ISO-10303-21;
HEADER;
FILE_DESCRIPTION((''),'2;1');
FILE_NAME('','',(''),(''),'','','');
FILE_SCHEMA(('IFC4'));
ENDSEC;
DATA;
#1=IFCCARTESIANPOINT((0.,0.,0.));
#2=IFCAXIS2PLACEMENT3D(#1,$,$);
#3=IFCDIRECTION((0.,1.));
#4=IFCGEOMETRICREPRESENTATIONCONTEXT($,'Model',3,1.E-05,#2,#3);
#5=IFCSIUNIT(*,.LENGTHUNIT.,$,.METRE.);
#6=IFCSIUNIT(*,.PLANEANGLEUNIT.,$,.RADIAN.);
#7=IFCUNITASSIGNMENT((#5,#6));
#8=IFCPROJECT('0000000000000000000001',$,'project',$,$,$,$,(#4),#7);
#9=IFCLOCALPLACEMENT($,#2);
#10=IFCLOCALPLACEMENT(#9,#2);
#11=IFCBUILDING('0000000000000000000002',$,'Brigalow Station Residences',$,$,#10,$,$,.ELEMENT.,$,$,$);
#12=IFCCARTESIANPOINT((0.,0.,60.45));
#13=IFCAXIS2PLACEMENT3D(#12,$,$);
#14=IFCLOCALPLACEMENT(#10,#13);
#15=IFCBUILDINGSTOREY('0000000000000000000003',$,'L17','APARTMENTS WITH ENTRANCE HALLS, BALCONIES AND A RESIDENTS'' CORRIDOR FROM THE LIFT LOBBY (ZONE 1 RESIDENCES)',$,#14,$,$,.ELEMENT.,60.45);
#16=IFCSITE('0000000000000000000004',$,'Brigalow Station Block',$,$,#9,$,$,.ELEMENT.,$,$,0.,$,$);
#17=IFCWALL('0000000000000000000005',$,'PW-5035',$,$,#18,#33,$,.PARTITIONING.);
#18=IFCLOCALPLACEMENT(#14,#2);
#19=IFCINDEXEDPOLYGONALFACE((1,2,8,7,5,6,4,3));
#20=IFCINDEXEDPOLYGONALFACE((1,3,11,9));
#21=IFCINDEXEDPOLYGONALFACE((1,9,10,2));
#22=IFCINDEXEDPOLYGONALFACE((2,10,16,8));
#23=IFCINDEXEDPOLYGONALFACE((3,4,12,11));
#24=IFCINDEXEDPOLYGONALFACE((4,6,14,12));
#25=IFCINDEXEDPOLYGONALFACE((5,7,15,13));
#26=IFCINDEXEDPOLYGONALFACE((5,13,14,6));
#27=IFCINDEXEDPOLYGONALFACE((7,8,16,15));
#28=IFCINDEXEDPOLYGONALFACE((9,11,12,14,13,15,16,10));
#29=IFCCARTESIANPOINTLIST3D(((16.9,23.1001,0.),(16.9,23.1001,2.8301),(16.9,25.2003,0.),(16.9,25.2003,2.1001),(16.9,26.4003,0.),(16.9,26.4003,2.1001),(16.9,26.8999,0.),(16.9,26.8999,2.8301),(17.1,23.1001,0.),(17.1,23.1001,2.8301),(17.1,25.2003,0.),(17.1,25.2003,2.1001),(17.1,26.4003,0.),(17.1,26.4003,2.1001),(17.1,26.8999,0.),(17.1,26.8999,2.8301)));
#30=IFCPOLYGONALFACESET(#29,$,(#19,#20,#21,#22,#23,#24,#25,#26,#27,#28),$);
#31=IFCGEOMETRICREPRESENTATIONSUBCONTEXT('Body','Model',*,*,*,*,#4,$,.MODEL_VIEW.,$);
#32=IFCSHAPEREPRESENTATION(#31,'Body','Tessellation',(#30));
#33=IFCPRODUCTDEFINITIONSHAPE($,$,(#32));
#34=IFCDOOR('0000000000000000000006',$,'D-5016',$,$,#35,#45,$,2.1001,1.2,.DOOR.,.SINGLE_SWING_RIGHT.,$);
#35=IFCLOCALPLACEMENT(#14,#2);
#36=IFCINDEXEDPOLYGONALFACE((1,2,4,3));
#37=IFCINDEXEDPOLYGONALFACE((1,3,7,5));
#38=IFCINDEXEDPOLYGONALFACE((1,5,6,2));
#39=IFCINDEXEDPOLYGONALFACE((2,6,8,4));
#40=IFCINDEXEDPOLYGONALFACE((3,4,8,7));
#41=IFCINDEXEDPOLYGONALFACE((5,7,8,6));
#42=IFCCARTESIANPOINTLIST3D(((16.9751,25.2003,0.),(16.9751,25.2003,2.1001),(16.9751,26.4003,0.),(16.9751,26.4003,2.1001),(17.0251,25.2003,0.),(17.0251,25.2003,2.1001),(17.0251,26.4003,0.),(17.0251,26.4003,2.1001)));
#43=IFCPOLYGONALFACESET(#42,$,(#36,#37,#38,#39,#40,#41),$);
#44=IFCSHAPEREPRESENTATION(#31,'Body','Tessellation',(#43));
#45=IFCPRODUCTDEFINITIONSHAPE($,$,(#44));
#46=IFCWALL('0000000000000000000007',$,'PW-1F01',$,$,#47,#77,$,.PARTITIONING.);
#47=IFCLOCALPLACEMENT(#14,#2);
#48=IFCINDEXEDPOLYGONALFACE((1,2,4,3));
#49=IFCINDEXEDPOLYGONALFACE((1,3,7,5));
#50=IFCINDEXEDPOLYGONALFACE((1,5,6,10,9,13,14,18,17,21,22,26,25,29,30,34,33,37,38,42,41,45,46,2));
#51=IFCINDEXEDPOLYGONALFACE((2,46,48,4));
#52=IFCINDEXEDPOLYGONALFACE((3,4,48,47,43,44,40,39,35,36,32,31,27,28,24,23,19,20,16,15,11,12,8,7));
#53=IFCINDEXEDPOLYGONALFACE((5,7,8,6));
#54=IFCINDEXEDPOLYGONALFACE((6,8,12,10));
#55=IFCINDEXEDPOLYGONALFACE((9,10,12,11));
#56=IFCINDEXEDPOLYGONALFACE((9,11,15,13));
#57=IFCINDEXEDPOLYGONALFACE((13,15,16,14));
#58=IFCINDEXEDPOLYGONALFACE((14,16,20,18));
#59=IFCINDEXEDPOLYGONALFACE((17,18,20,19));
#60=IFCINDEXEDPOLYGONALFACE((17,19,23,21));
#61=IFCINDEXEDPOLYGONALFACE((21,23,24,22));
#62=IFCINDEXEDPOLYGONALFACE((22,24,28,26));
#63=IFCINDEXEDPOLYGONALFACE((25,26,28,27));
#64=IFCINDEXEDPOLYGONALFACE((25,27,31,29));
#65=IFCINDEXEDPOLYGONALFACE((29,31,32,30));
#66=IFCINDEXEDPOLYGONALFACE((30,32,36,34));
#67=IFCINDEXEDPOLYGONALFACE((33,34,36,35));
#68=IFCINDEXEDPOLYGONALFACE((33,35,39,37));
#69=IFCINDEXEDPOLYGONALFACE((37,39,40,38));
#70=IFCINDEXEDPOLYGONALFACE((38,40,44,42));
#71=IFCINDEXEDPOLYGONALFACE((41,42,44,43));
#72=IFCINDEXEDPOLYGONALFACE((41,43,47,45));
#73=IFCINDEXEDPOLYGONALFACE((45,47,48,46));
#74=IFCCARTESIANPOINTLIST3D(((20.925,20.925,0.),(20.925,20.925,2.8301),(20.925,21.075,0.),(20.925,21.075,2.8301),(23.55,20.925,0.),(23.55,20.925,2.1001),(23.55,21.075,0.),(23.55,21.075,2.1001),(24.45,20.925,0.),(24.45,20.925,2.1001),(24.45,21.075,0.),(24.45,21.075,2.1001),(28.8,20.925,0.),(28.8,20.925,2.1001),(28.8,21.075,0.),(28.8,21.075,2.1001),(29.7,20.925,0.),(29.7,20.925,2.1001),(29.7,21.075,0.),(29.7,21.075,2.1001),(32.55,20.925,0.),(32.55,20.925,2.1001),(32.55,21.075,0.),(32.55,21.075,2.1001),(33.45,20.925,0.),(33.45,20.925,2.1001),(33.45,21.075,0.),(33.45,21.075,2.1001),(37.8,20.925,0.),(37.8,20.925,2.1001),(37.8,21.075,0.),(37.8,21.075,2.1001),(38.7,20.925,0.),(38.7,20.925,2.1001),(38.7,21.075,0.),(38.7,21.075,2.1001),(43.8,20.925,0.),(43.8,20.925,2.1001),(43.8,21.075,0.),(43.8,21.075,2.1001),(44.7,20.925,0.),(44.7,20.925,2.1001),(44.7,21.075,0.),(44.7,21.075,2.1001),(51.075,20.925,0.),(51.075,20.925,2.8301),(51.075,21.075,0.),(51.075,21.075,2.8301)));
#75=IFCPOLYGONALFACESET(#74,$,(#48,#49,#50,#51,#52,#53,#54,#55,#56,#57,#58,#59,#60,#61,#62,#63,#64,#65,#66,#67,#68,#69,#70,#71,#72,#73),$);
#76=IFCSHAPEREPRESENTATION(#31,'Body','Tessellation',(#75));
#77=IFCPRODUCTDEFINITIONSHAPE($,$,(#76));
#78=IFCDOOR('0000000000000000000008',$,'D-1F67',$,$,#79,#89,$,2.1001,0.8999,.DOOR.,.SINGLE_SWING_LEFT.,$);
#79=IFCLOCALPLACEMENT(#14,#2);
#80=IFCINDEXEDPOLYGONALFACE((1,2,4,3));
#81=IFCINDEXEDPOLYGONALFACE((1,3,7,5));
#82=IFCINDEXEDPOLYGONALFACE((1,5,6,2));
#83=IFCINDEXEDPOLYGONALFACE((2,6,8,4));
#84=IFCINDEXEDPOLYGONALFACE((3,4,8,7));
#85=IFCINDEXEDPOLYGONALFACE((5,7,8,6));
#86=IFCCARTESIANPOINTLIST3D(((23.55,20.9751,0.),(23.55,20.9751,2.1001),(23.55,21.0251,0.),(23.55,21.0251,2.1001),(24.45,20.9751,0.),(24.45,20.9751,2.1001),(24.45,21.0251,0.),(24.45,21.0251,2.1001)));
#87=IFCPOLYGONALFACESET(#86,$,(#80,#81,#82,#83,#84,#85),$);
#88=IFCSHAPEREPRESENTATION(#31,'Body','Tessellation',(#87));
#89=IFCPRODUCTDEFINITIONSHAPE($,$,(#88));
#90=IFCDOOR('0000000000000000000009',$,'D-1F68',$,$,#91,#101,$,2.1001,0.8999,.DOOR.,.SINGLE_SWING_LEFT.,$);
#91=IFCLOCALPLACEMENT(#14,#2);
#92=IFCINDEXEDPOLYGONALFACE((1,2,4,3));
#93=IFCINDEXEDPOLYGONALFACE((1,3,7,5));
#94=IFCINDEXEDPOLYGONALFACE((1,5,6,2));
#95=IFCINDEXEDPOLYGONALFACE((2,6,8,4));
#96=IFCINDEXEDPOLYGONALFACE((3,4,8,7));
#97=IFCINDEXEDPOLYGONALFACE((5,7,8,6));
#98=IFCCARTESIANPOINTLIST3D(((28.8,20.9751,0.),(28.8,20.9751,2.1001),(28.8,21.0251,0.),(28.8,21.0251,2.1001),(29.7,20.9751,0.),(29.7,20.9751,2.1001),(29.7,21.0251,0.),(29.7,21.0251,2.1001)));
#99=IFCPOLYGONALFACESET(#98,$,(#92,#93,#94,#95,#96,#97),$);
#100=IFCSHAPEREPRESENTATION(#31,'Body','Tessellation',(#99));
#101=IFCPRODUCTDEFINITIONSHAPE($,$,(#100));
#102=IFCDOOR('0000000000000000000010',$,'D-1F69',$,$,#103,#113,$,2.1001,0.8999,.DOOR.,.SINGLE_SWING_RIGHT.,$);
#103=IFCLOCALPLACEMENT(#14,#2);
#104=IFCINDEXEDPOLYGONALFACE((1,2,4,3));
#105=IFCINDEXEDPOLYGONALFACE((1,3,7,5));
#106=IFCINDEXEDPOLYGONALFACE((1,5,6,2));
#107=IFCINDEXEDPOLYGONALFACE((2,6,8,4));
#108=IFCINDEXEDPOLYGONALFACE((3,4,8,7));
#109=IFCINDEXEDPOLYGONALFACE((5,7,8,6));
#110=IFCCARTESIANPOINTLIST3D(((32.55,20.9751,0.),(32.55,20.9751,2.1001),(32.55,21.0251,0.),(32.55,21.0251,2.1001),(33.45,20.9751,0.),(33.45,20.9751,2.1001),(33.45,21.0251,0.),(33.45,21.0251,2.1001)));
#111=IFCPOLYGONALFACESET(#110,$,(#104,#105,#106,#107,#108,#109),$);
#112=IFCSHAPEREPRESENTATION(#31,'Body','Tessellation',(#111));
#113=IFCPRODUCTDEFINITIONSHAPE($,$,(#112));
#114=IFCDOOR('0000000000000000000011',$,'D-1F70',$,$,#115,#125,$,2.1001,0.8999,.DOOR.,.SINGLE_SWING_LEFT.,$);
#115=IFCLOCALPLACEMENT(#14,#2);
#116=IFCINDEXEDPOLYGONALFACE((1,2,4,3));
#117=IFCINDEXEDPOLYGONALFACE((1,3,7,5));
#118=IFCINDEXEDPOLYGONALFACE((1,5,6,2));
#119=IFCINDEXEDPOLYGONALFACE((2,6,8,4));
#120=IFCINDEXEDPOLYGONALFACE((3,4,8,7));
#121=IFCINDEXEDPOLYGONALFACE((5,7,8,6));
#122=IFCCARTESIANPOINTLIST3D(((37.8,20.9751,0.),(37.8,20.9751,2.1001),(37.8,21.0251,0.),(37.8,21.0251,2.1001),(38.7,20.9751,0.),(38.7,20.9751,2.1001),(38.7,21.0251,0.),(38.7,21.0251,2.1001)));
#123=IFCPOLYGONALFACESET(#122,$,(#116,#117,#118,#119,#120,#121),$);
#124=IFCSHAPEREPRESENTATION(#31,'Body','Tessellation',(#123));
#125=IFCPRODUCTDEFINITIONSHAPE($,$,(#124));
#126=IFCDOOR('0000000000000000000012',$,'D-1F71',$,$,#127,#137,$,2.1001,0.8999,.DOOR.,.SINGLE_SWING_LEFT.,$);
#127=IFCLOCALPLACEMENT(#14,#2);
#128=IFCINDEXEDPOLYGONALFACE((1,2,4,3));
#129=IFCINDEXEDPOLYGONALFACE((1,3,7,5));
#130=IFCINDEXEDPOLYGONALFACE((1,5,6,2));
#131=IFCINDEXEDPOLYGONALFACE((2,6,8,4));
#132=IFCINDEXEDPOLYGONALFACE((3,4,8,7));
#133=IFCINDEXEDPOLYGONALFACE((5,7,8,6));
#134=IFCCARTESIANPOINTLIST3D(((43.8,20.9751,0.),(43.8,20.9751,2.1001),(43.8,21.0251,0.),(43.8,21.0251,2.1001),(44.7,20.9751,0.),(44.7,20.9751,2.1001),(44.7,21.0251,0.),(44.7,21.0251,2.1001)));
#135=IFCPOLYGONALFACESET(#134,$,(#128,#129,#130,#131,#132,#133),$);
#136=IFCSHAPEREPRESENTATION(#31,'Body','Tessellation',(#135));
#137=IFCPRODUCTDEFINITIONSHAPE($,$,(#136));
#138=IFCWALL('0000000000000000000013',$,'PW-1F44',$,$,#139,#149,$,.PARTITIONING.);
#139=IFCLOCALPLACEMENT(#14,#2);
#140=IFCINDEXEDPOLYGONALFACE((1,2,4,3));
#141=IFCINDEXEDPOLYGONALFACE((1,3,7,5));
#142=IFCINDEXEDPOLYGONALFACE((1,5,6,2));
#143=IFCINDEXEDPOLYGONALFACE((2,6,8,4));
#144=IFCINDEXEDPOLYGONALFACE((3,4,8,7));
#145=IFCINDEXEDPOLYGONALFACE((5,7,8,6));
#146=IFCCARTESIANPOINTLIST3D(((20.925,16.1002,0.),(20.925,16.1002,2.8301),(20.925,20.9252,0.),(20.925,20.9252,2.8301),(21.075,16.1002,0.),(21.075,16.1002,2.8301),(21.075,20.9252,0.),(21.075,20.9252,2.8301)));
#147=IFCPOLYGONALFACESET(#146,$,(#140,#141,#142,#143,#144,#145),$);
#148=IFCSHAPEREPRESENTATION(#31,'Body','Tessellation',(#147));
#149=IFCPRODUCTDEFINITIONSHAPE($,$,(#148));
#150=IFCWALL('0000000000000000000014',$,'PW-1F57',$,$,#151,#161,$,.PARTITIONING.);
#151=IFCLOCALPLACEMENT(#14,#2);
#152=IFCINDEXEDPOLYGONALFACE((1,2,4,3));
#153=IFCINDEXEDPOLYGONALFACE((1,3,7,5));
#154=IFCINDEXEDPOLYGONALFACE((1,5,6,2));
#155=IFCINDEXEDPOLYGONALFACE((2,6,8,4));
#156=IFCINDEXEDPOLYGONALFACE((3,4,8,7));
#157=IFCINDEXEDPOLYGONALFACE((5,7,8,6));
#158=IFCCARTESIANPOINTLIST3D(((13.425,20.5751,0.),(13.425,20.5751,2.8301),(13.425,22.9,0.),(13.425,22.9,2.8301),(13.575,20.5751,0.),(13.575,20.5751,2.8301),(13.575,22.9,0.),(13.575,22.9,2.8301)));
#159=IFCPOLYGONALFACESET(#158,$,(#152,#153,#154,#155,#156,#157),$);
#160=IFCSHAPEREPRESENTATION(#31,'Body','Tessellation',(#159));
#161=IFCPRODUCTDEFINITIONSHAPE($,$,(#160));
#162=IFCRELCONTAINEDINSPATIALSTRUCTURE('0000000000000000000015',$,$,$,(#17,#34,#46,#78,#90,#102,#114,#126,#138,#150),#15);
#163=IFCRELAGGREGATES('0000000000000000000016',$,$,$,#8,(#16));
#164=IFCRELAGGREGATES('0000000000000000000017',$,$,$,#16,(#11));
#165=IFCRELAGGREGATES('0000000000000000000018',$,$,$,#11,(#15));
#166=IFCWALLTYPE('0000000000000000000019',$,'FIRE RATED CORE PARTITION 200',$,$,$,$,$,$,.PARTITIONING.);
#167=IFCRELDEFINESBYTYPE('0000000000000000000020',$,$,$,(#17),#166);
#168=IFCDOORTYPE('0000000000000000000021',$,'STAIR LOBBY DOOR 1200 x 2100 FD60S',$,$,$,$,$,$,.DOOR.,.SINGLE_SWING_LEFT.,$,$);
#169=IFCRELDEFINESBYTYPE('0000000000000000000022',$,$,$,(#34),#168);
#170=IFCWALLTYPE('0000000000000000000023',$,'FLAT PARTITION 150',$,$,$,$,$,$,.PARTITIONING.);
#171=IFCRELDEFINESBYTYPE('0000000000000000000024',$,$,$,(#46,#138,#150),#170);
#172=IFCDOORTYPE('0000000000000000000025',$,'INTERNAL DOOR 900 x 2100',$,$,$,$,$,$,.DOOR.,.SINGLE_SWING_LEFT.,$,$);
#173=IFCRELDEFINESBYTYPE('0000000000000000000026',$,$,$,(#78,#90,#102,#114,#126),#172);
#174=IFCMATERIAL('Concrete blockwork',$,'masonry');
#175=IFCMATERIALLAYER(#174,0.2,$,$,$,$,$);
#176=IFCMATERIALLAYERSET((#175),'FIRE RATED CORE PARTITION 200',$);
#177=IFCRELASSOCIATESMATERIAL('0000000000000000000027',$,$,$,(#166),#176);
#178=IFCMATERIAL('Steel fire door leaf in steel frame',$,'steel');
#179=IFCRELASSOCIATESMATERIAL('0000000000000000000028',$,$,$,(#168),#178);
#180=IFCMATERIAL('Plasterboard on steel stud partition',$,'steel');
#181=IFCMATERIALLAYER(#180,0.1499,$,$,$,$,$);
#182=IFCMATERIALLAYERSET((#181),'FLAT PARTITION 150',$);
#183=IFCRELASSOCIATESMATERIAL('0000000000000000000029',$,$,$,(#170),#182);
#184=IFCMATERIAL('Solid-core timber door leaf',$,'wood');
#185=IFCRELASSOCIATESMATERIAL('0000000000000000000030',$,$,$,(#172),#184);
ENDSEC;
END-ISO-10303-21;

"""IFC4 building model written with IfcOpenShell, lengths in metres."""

from ifc_helpers import new_model, si_unit, direction, frame, frame_2d, origin, place, context, subcontext, project, spatial, rectangle, extrude, material, layer, layer_set, type_object, element, fill, save


model = new_model("IFC4")

# Units and contexts
model_context = context("Model", 3, precision=1e-05, world=origin(), true_north=direction((0.0, 1.0)))
body_context = subcontext(model_context, "Body", "Model", "MODEL_VIEW")
ifc_project = project(units=[si_unit("LENGTHUNIT", "METRE"), si_unit("PLANEANGLEUNIT", "RADIAN")], contexts=[model_context])

# Site, building, storey
site_placement = place(None, origin())
site = spatial("IfcSite", under=ifc_project, at=site_placement, Name="Brigalow Station Block", CompositionType="ELEMENT", RefElevation=0.0)
building_placement = place(site_placement, origin())
building = spatial("IfcBuilding", under=site, at=building_placement, Name="Brigalow Station Residences", CompositionType="ELEMENT")
storey_placement = place(building_placement, frame((0.0, 0.0, 60.45)))
storey = spatial("IfcBuildingStorey", under=building, at=storey_placement, Name="L17", Description="APARTMENTS WITH ENTRANCE HALLS, BALCONIES AND A RESIDENTS' CORRIDOR FROM THE LIFT LOBBY (ZONE 1 RESIDENCES)", CompositionType="ELEMENT", Elevation=60.45)

# Wall, opening, door
ifc_material_1 = material(Name="Concrete blockwork", Category="masonry")
ifc_layer_1 = layer(ifc_material_1, 0.2)
ifc_layer_set_1 = layer_set([ifc_layer_1], Name="FIRE RATED CORE PARTITION 200")
wall_type_1 = type_object("IfcWallType", Name="FIRE RATED CORE PARTITION 200", PredefinedType="PARTITIONING", material=ifc_layer_set_1)
wall_1_placement = place(storey_placement, frame((17.0, 23.1001, 0.0), z_axis=(0.0, 0.0, 1.0), x_axis=(0.0, 1.0, 0.0)))
wall_1 = element("IfcWall", 1, at=wall_1_placement, inside=storey, type_object=wall_type_1, Name="PW-5035", PredefinedType="PARTITIONING", context=body_context, shape_type="SweptSolid", body=[
    extrude(rectangle(XDim=3.7998, YDim=0.2, at=frame_2d((1.8999, 0.0))), origin(), (0.0, 0.0, 1.0), 2.8301),
])
opening_1_placement = place(wall_1_placement, frame((2.1001, 0.0, 0.0)))
opening_1 = element("IfcOpeningElement", 2, at=opening_1_placement, cuts=wall_1, PredefinedType="OPENING", context=body_context, shape_type="SweptSolid", body=[
    extrude(rectangle(XDim=1.2, YDim=2.1001, at=frame_2d((0.6001, 1.05))), frame((0.0, 0.1099, 0.0), z_axis=(0.0, -1.0, 0.0), x_axis=(1.0, 0.0, 0.0)), (0.0, 0.0, 1.0), 0.22),
])
ifc_material_2 = material(Name="Steel fire door leaf in steel frame", Category="steel")
door_type_1 = type_object("IfcDoorType", Name="STAIR LOBBY DOOR 1200 x 2100 FD60S", OperationType="SINGLE_SWING_LEFT", PredefinedType="DOOR", material=ifc_material_2)
door_1_placement = place(opening_1_placement, origin())
door_1 = element("IfcDoor", 3, at=door_1_placement, inside=storey, type_object=door_type_1, Name="D-5016", OperationType="SINGLE_SWING_RIGHT", OverallHeight=2.1001, OverallWidth=1.2, PredefinedType="DOOR", context=body_context, shape_type="SweptSolid", body=[
    extrude(rectangle(XDim=1.2, YDim=2.1001, at=frame_2d((0.6001, 1.05))), frame((0.0, 0.0249, 0.0), z_axis=(0.0, -1.0, 0.0), x_axis=(1.0, 0.0, 0.0)), (0.0, 0.0, 1.0), 0.05),
])
fill(opening_1, door_1)

# Wall, openings, doors
ifc_material_3 = material(Name="Plasterboard on steel stud partition", Category="steel")
ifc_layer_2 = layer(ifc_material_3, 0.1499)
ifc_layer_set_2 = layer_set([ifc_layer_2], Name="FLAT PARTITION 150")
wall_type_2 = type_object("IfcWallType", Name="FLAT PARTITION 150", PredefinedType="PARTITIONING", material=ifc_layer_set_2)
wall_2_placement = place(storey_placement, frame((20.925, 21.0, 0.0), z_axis=(0.0, 0.0, 1.0), x_axis=(1.0, 0.0, 0.0)))
wall_2 = element("IfcWall", 4, at=wall_2_placement, inside=storey, type_object=wall_type_2, Name="PW-1F01", PredefinedType="PARTITIONING", context=body_context, shape_type="SweptSolid", body=[
    extrude(rectangle(XDim=30.1499, YDim=0.1499, at=frame_2d((15.075, 0.0))), origin(), (0.0, 0.0, 1.0), 2.8301),
])
opening_2_placement = place(wall_2_placement, frame((2.625, 0.0, 0.0)))
opening_2 = element("IfcOpeningElement", 5, at=opening_2_placement, cuts=wall_2, PredefinedType="OPENING", context=body_context, shape_type="SweptSolid", body=[
    extrude(rectangle(XDim=0.8999, YDim=2.1001, at=frame_2d((0.45, 1.05))), frame((0.0, 0.085, 0.0), z_axis=(0.0, -1.0, 0.0), x_axis=(1.0, 0.0, 0.0)), (0.0, 0.0, 1.0), 0.1699),
])
opening_3_placement = place(wall_2_placement, frame((7.875, 0.0, 0.0)))
opening_3 = element("IfcOpeningElement", 6, at=opening_3_placement, cuts=wall_2, PredefinedType="OPENING", context=body_context, shape_type="SweptSolid", body=[
    extrude(rectangle(XDim=0.8999, YDim=2.1001, at=frame_2d((0.45, 1.05))), frame((0.0, 0.085, 0.0), z_axis=(0.0, -1.0, 0.0), x_axis=(1.0, 0.0, 0.0)), (0.0, 0.0, 1.0), 0.1699),
])
opening_4_placement = place(wall_2_placement, frame((11.625, 0.0, 0.0)))
opening_4 = element("IfcOpeningElement", 7, at=opening_4_placement, cuts=wall_2, PredefinedType="OPENING", context=body_context, shape_type="SweptSolid", body=[
    extrude(rectangle(XDim=0.8999, YDim=2.1001, at=frame_2d((0.45, 1.05))), frame((0.0, 0.085, 0.0), z_axis=(0.0, -1.0, 0.0), x_axis=(1.0, 0.0, 0.0)), (0.0, 0.0, 1.0), 0.1699),
])
opening_5_placement = place(wall_2_placement, frame((16.875, 0.0, 0.0)))
opening_5 = element("IfcOpeningElement", 8, at=opening_5_placement, cuts=wall_2, PredefinedType="OPENING", context=body_context, shape_type="SweptSolid", body=[
    extrude(rectangle(XDim=0.8999, YDim=2.1001, at=frame_2d((0.45, 1.05))), frame((0.0, 0.085, 0.0), z_axis=(0.0, -1.0, 0.0), x_axis=(1.0, 0.0, 0.0)), (0.0, 0.0, 1.0), 0.1699),
])
opening_6_placement = place(wall_2_placement, frame((22.875, 0.0, 0.0)))
opening_6 = element("IfcOpeningElement", 9, at=opening_6_placement, cuts=wall_2, PredefinedType="OPENING", context=body_context, shape_type="SweptSolid", body=[
    extrude(rectangle(XDim=0.8999, YDim=2.1001, at=frame_2d((0.45, 1.05))), frame((0.0, 0.085, 0.0), z_axis=(0.0, -1.0, 0.0), x_axis=(1.0, 0.0, 0.0)), (0.0, 0.0, 1.0), 0.1699),
])
ifc_material_4 = material(Name="Solid-core timber door leaf", Category="wood")
door_type_2 = type_object("IfcDoorType", Name="INTERNAL DOOR 900 x 2100", OperationType="SINGLE_SWING_LEFT", PredefinedType="DOOR", material=ifc_material_4)
door_2_placement = place(opening_2_placement, frame((0.8999, 0.0, 0.0), z_axis=(0.0, 0.0, 1.0), x_axis=(-1.0, 0.0, 0.0)))
door_2 = element("IfcDoor", 10, at=door_2_placement, inside=storey, type_object=door_type_2, Name="D-1F67", OperationType="SINGLE_SWING_LEFT", OverallHeight=2.1001, OverallWidth=0.8999, PredefinedType="DOOR", context=body_context, shape_type="SweptSolid", body=[
    extrude(rectangle(XDim=0.8999, YDim=2.1001, at=frame_2d((0.45, 1.05))), frame((0.0, 0.0249, 0.0), z_axis=(0.0, -1.0, 0.0), x_axis=(1.0, 0.0, 0.0)), (0.0, 0.0, 1.0), 0.05),
])
fill(opening_2, door_2)
door_3_placement = place(opening_3_placement, frame((0.8999, 0.0, 0.0), z_axis=(0.0, 0.0, 1.0), x_axis=(-1.0, 0.0, 0.0)))
door_3 = element("IfcDoor", 11, at=door_3_placement, inside=storey, type_object=door_type_2, Name="D-1F68", OperationType="SINGLE_SWING_LEFT", OverallHeight=2.1001, OverallWidth=0.8999, PredefinedType="DOOR", context=body_context, shape_type="SweptSolid", body=[
    extrude(rectangle(XDim=0.8999, YDim=2.1001, at=frame_2d((0.45, 1.05))), frame((0.0, 0.0249, 0.0), z_axis=(0.0, -1.0, 0.0), x_axis=(1.0, 0.0, 0.0)), (0.0, 0.0, 1.0), 0.05),
])
fill(opening_3, door_3)
door_4_placement = place(opening_4_placement, frame((0.8999, 0.0, 0.0), z_axis=(0.0, 0.0, 1.0), x_axis=(-1.0, 0.0, 0.0)))
door_4 = element("IfcDoor", 12, at=door_4_placement, inside=storey, type_object=door_type_2, Name="D-1F69", OperationType="SINGLE_SWING_RIGHT", OverallHeight=2.1001, OverallWidth=0.8999, PredefinedType="DOOR", context=body_context, shape_type="SweptSolid", body=[
    extrude(rectangle(XDim=0.8999, YDim=2.1001, at=frame_2d((0.45, 1.05))), frame((0.0, 0.0249, 0.0), z_axis=(0.0, -1.0, 0.0), x_axis=(1.0, 0.0, 0.0)), (0.0, 0.0, 1.0), 0.05),
])
fill(opening_4, door_4)
door_5_placement = place(opening_5_placement, frame((0.8999, 0.0, 0.0), z_axis=(0.0, 0.0, 1.0), x_axis=(-1.0, 0.0, 0.0)))
door_5 = element("IfcDoor", 13, at=door_5_placement, inside=storey, type_object=door_type_2, Name="D-1F70", OperationType="SINGLE_SWING_LEFT", OverallHeight=2.1001, OverallWidth=0.8999, PredefinedType="DOOR", context=body_context, shape_type="SweptSolid", body=[
    extrude(rectangle(XDim=0.8999, YDim=2.1001, at=frame_2d((0.45, 1.05))), frame((0.0, 0.0249, 0.0), z_axis=(0.0, -1.0, 0.0), x_axis=(1.0, 0.0, 0.0)), (0.0, 0.0, 1.0), 0.05),
])
fill(opening_5, door_5)
door_6_placement = place(opening_6_placement, frame((0.8999, 0.0, 0.0), z_axis=(0.0, 0.0, 1.0), x_axis=(-1.0, 0.0, 0.0)))
door_6 = element("IfcDoor", 14, at=door_6_placement, inside=storey, type_object=door_type_2, Name="D-1F71", OperationType="SINGLE_SWING_LEFT", OverallHeight=2.1001, OverallWidth=0.8999, PredefinedType="DOOR", context=body_context, shape_type="SweptSolid", body=[
    extrude(rectangle(XDim=0.8999, YDim=2.1001, at=frame_2d((0.45, 1.05))), frame((0.0, 0.0249, 0.0), z_axis=(0.0, -1.0, 0.0), x_axis=(1.0, 0.0, 0.0)), (0.0, 0.0, 1.0), 0.05),
])
fill(opening_6, door_6)

# Walls
wall_3_placement = place(storey_placement, frame((21.0, 16.1001, 0.0), z_axis=(0.0, 0.0, 1.0), x_axis=(0.0, 1.0, 0.0)))
element("IfcWall", 15, at=wall_3_placement, inside=storey, type_object=wall_type_2, Name="PW-1F44", PredefinedType="PARTITIONING", context=body_context, shape_type="SweptSolid", body=[
    extrude(rectangle(XDim=4.825, YDim=0.1499, at=frame_2d((2.4126, 0.0))), origin(), (0.0, 0.0, 1.0), 2.8301),
])
wall_4_placement = place(storey_placement, frame((13.5, 20.575, 0.0), z_axis=(0.0, 0.0, 1.0), x_axis=(0.0, 1.0, 0.0)))
element("IfcWall", 16, at=wall_4_placement, inside=storey, type_object=wall_type_2, Name="PW-1F57", PredefinedType="PARTITIONING", context=body_context, shape_type="SweptSolid", body=[
    extrude(rectangle(XDim=2.325, YDim=0.1499, at=frame_2d((1.1626, 0.0))), origin(), (0.0, 0.0, 1.0), 2.8301),
])

save(model, "model.ifc")
